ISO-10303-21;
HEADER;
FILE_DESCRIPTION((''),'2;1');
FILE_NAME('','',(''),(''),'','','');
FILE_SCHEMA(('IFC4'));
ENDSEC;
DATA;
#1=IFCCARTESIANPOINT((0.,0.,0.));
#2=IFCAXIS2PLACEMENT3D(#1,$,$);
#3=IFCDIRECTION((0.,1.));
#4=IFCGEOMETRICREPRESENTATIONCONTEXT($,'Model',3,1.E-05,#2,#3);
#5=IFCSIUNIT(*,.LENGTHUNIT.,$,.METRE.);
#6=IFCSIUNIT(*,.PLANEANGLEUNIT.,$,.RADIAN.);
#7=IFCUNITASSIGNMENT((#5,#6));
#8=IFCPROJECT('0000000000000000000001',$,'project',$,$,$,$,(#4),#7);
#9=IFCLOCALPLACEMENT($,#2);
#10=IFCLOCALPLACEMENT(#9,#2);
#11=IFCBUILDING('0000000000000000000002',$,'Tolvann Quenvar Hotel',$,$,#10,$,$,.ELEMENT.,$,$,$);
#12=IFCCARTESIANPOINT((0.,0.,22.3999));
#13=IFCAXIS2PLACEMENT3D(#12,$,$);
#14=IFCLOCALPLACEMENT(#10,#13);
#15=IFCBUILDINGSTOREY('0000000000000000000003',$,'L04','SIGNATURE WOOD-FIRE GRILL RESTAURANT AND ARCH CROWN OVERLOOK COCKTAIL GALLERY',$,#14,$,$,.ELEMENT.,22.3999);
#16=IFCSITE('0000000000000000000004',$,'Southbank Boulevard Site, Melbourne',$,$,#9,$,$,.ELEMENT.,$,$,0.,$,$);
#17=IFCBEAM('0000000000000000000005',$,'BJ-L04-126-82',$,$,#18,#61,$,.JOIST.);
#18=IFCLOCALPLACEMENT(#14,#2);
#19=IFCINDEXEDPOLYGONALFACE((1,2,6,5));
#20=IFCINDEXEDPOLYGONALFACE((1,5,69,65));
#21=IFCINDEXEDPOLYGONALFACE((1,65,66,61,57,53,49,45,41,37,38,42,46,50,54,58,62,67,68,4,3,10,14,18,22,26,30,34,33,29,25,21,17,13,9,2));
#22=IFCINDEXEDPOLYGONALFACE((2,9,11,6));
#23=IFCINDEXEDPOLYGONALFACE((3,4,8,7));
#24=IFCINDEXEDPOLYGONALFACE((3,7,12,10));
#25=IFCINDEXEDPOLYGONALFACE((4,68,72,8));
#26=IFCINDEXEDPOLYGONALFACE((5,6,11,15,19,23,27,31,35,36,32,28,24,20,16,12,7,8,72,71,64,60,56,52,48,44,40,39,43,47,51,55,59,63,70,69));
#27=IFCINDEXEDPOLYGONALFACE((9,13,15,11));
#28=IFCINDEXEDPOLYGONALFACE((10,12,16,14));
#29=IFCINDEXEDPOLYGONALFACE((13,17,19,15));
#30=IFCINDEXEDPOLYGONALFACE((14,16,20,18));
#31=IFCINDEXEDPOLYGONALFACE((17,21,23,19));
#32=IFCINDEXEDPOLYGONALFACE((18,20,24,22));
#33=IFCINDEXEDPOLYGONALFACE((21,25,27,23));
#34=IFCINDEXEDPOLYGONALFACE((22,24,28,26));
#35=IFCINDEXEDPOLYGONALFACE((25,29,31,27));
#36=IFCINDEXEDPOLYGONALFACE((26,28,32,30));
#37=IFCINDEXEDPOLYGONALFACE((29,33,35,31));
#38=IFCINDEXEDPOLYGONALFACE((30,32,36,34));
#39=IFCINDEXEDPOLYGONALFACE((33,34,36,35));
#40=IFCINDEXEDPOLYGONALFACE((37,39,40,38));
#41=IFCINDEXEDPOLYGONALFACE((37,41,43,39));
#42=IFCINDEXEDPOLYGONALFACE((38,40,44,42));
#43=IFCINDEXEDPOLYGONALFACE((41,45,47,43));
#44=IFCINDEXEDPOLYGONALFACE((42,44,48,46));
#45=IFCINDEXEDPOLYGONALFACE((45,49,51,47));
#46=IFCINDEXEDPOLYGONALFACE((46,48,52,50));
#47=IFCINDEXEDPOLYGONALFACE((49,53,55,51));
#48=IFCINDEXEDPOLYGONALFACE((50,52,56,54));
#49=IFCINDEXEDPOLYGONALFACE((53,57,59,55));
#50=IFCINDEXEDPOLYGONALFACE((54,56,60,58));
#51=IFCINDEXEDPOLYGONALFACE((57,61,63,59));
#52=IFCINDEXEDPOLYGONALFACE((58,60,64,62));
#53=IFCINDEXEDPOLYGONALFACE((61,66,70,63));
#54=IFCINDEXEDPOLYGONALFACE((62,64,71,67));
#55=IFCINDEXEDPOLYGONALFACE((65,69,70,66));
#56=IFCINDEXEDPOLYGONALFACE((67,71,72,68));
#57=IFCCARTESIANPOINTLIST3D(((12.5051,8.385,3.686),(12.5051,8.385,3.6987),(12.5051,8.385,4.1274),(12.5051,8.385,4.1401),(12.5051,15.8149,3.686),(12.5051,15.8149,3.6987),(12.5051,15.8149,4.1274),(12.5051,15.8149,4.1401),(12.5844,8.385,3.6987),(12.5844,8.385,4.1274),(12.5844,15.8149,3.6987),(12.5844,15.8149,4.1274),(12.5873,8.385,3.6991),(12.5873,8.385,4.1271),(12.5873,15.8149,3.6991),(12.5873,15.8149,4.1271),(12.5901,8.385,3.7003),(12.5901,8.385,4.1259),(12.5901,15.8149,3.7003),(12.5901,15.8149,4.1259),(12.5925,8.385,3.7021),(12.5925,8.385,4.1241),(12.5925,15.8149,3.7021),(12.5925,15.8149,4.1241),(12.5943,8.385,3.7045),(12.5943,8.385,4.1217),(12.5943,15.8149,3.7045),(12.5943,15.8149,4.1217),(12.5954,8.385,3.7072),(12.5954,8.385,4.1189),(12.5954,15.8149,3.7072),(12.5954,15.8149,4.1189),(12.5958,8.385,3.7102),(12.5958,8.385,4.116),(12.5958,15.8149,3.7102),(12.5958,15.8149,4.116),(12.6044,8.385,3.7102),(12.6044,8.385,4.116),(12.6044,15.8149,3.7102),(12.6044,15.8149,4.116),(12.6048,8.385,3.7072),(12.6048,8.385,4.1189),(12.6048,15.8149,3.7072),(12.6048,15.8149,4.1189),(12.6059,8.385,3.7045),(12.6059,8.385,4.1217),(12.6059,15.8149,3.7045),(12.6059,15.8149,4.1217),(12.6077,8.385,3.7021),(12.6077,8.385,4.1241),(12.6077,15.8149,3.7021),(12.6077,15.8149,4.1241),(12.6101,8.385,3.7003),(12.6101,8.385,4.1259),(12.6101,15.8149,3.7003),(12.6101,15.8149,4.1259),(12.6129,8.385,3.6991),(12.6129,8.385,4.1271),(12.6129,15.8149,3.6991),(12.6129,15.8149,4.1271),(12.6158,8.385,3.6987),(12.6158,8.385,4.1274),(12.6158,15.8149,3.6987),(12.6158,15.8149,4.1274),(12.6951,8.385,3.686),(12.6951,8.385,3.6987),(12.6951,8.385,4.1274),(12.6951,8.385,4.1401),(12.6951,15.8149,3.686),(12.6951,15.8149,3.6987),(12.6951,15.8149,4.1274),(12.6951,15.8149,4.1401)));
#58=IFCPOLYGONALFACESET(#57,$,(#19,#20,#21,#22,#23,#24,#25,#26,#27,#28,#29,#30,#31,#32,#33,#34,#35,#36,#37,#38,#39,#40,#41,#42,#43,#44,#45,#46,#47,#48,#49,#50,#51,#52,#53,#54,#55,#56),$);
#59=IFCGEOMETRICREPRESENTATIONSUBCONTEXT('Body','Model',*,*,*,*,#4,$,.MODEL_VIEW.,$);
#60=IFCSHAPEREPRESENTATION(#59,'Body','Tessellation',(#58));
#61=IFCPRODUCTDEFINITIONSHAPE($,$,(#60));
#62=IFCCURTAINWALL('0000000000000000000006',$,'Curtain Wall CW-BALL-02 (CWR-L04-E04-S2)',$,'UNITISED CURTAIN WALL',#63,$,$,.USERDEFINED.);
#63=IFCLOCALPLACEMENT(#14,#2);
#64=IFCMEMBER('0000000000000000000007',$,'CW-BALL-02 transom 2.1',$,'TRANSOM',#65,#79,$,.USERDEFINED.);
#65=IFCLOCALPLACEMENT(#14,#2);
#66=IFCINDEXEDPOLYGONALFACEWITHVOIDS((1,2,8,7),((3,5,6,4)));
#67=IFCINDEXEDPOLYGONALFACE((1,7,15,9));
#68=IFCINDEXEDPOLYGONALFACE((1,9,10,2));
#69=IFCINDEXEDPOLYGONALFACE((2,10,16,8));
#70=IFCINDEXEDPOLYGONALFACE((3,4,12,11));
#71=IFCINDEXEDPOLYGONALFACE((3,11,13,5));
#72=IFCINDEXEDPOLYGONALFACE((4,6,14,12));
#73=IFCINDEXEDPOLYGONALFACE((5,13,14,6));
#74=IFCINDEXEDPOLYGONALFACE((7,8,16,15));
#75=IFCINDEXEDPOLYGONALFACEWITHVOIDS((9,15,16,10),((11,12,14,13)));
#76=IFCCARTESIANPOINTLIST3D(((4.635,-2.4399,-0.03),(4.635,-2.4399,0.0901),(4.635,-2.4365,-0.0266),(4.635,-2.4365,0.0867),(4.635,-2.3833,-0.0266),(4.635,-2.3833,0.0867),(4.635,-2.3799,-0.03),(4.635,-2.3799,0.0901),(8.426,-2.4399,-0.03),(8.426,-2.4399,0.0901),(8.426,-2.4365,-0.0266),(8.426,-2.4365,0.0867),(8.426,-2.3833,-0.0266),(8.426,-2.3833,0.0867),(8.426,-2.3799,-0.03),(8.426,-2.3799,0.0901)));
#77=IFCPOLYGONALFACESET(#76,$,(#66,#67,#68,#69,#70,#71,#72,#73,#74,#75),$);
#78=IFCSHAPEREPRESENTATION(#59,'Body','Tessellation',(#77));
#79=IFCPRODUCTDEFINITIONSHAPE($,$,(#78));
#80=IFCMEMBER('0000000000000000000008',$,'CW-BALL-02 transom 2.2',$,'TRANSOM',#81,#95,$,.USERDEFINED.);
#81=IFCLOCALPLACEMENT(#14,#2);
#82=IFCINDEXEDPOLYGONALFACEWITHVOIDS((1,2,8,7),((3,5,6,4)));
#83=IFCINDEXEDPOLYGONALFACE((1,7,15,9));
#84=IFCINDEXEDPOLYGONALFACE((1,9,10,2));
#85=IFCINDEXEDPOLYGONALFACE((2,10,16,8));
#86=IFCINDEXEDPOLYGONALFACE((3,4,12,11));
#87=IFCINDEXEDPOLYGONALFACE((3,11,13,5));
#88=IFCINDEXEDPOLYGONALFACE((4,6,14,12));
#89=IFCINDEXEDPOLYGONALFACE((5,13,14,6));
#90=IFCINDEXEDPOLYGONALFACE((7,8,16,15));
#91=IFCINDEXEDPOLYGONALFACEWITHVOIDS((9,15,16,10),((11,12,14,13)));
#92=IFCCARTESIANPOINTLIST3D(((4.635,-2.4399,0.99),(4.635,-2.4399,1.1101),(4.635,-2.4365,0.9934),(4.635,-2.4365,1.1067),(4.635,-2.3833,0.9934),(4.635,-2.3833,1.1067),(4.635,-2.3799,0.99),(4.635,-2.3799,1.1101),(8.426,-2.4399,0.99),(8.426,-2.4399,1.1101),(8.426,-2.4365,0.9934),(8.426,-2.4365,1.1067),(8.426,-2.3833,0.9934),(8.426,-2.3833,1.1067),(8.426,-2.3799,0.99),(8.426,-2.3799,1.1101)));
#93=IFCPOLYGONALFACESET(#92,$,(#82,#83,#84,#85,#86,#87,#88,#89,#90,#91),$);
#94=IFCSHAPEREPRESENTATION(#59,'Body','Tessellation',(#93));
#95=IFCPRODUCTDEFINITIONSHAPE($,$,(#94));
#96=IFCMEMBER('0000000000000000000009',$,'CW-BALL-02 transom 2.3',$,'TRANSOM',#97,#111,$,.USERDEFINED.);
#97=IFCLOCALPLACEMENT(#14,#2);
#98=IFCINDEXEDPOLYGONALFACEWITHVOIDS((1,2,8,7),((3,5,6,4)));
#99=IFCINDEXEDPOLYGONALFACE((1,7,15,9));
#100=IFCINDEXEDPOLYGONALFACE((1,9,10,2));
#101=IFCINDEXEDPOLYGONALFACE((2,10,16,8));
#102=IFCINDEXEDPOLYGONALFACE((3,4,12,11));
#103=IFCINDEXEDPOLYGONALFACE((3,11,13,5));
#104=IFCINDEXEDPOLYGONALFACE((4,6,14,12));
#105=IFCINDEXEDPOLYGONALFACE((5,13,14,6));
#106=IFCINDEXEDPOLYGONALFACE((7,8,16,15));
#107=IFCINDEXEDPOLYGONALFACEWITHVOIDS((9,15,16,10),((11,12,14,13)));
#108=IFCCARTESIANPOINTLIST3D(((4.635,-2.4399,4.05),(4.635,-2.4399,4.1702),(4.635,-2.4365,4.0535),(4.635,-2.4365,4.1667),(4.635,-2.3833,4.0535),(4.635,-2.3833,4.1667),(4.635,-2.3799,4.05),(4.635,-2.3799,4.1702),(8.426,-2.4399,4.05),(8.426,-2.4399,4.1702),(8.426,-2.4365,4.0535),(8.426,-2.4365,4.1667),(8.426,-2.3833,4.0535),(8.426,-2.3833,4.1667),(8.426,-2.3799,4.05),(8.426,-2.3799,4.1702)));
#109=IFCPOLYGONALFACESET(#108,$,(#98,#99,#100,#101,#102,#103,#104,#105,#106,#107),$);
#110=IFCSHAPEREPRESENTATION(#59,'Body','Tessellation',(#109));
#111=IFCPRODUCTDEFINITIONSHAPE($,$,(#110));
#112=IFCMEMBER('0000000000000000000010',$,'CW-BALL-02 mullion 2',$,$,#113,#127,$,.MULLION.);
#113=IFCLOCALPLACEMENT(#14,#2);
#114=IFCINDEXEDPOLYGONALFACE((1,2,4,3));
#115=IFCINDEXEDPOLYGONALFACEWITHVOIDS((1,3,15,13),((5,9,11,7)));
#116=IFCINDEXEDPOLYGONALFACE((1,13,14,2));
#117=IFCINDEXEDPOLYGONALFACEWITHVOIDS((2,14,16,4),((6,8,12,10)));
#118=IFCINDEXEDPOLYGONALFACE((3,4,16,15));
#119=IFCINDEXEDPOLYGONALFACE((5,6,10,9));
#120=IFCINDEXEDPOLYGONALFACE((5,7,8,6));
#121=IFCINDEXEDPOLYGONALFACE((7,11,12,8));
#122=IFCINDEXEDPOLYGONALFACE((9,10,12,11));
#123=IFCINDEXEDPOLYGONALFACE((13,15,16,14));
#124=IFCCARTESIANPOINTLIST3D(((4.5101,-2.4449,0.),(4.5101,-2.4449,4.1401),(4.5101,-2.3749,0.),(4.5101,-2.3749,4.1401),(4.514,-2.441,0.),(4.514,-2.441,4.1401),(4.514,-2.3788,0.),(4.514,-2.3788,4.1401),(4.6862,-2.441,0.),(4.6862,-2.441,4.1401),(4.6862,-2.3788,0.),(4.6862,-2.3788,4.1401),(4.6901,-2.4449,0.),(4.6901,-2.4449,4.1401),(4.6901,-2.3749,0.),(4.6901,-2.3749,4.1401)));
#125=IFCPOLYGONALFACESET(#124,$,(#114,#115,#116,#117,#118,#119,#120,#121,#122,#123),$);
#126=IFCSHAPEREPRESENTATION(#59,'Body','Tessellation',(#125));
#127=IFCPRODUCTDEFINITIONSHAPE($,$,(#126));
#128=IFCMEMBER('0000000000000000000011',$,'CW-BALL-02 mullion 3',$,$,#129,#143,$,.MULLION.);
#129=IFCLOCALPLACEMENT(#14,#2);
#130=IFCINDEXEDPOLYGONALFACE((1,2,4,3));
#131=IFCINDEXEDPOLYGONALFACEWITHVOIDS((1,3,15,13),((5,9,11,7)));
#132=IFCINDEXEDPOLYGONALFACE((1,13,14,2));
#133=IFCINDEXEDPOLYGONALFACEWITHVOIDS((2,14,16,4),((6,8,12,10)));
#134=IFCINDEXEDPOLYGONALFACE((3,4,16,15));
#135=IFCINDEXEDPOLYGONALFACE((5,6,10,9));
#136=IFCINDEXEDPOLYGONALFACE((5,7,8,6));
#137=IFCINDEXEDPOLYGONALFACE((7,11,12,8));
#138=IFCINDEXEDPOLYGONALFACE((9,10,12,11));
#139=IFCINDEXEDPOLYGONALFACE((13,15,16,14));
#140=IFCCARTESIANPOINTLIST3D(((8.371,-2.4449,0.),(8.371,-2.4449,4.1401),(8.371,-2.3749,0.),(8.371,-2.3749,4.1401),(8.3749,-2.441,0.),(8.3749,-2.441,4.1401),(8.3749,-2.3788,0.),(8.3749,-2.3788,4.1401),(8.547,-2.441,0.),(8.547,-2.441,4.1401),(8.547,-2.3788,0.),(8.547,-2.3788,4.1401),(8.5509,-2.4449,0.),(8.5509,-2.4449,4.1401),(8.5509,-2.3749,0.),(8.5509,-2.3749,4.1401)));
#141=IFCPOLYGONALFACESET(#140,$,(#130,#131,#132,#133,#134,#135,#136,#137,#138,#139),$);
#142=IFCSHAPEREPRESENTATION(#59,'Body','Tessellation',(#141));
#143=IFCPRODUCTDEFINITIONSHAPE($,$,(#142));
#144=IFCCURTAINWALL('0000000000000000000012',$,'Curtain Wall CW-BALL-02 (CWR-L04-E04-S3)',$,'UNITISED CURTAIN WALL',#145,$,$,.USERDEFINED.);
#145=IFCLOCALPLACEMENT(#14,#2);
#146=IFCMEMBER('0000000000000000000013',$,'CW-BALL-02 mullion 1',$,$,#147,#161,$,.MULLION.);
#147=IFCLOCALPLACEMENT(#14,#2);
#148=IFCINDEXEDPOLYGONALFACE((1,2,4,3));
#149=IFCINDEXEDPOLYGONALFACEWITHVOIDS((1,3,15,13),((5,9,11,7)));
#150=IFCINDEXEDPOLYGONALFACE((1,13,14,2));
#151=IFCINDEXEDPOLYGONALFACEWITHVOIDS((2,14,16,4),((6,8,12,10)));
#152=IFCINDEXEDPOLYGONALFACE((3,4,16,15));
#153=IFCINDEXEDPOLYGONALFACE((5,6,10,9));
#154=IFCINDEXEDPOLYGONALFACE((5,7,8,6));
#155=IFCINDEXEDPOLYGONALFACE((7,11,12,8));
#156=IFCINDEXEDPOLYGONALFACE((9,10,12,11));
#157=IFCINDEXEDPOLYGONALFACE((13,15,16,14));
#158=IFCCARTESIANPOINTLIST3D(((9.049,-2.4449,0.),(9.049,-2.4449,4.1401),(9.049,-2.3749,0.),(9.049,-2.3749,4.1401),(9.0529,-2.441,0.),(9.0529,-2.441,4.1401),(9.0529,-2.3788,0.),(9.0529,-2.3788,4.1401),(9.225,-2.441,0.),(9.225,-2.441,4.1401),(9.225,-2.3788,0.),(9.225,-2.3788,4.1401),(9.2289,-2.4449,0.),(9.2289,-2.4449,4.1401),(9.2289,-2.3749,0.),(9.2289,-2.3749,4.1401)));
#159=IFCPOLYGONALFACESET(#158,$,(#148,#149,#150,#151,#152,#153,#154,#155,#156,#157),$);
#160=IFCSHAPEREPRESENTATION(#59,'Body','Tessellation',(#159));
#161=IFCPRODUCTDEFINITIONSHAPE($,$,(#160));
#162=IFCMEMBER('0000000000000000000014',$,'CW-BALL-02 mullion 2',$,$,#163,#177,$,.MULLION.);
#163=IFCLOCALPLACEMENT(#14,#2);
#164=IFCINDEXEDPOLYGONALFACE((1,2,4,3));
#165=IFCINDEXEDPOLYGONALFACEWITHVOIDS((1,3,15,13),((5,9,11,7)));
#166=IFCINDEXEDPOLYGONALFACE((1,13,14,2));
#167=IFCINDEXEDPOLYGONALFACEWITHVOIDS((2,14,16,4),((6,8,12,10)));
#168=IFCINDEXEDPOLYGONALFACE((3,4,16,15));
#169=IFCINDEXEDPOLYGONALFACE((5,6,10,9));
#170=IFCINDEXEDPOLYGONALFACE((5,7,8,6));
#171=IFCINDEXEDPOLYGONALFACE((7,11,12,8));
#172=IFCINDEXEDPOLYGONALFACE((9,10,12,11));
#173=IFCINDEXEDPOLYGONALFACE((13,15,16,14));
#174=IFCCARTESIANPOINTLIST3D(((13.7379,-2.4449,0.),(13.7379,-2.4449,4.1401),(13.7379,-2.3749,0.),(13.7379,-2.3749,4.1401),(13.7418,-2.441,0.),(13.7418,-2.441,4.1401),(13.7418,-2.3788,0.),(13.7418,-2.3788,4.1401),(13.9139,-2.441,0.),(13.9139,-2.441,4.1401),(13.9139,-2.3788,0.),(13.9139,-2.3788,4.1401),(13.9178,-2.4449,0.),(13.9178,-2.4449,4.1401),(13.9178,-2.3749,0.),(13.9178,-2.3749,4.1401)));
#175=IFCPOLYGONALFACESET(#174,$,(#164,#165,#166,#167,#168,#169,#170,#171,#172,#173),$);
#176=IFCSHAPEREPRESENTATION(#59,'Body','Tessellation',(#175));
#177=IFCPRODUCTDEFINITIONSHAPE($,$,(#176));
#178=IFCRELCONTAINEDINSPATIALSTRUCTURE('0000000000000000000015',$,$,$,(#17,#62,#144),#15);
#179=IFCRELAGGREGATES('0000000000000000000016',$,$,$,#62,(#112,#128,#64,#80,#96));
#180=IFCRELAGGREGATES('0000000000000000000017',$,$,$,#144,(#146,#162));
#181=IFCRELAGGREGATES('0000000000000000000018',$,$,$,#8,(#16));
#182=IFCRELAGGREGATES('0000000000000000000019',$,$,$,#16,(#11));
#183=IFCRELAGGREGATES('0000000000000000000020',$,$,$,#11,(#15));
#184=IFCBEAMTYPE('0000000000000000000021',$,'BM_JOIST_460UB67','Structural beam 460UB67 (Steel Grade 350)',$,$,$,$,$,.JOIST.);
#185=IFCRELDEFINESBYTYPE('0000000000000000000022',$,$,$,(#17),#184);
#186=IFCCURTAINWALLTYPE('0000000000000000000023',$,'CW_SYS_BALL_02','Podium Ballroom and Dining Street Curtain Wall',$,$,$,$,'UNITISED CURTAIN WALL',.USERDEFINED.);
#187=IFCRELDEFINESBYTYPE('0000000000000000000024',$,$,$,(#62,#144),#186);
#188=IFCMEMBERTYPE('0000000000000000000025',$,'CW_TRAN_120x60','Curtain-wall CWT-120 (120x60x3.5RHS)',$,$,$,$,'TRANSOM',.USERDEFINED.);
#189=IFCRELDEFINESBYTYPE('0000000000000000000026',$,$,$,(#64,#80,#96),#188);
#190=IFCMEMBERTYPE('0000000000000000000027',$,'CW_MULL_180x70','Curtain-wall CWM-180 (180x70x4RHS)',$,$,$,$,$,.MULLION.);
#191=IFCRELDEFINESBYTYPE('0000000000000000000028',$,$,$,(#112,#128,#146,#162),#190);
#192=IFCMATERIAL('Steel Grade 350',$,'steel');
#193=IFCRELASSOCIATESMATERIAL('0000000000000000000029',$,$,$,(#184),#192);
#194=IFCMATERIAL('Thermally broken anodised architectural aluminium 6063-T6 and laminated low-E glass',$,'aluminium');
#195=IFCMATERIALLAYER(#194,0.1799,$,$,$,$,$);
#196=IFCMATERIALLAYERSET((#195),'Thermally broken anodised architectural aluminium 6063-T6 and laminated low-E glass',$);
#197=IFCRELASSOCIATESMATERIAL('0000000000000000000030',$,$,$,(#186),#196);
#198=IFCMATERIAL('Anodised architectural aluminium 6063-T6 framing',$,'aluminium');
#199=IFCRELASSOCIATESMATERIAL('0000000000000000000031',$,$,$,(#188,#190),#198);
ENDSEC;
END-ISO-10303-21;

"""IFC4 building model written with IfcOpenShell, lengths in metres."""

from ifc_helpers import new_model, si_unit, direction, frame, origin, origin_2d, place, context, subcontext, project, spatial, hollow_rectangle, i_section, extrude, source, transform, mapped, material, layer, layer_set, material_profile, profile_set, type_object, type_shapes, element, aggregate, save


model = new_model("IFC4")

# Units and contexts
model_context = context("Model", 3, precision=1e-05, world=origin(), true_north=direction((0.0, 1.0)))
body_context = subcontext(model_context, "Body", "Model", "MODEL_VIEW")
ifc_project = project(units=[si_unit("LENGTHUNIT", "METRE"), si_unit("PLANEANGLEUNIT", "RADIAN")], contexts=[model_context])

# Site, building, storey
site_placement = place(None, origin())
site = spatial("IfcSite", under=ifc_project, at=site_placement, Name="Southbank Boulevard Site, Melbourne", CompositionType="ELEMENT", RefElevation=0.0)
building_placement = place(site_placement, origin())
building = spatial("IfcBuilding", under=site, at=building_placement, Name="Tolvann Quenvar Hotel", CompositionType="ELEMENT")
storey_placement = place(building_placement, frame((0.0, 0.0, 22.3999)))
storey = spatial("IfcBuildingStorey", under=building, at=storey_placement, Name="L04", Description="SIGNATURE WOOD-FIRE GRILL RESTAURANT AND ARCH CROWN OVERLOOK COCKTAIL GALLERY", CompositionType="ELEMENT", Elevation=22.3999)

# Shared definitions
ifc_material_1 = material(Name="Steel Grade 350", Category="steel")

# Beam
ifc_material_profile_1 = material_profile(ifc_material_1, i_section(OverallWidth=0.1899, OverallDepth=0.4541, WebThickness=0.0085, FlangeThickness=0.0127, FilletRadius=0.0115, at=origin_2d()), Name="460UB67")
ifc_profile_set_1 = profile_set([ifc_material_profile_1], Name="Steel Grade 350")
beam_type_1 = type_object("IfcBeamType", Name="BM_JOIST_460UB67", Description="Structural beam 460UB67 (Steel Grade 350)", PredefinedType="JOIST", material=ifc_profile_set_1)
shared_shape_1 = source(origin(), body_context, "Body", "SweptSolid", [
    extrude(i_section(OverallWidth=0.1899, OverallDepth=0.4541, WebThickness=0.0085, FlangeThickness=0.0127, FilletRadius=0.0115, at=origin_2d()), origin(), (0.0, 0.0, 1.0), 7.4299),
])
for number, where, z_axis, x_axis, name in (
    (1, (12.6001, 8.385, 3.9131), (0.0, 1.0, 0.0), (-1.0, 0.0, 0.0), "BJ-L04-126-82"),
):
    element("IfcBeam", number, at=place(storey_placement, frame(where, z_axis=z_axis, x_axis=x_axis)), inside=storey, type_object=beam_type_1, Name=name, PredefinedType="JOIST", context=body_context, shape_type="MappedRepresentation", body=[
        mapped(shared_shape_1, transform((0.0, 0.0, 0.0), x_axis=(1.0, 0.0, 0.0), y_axis=(0.0, 1.0, 0.0), z_axis=(0.0, 0.0, 1.0), scale=1.0)),
    ])

# Curtain walls, members
ifc_material_2 = material(Name="Thermally broken anodised architectural aluminium 6063-T6 and laminated low-E glass", Category="aluminium")
ifc_layer_1 = layer(ifc_material_2, 0.1799)
ifc_layer_set_1 = layer_set([ifc_layer_1], Name="Thermally broken anodised architectural aluminium 6063-T6 and laminated low-E glass")
curtain_wall_type = type_object("IfcCurtainWallType", Name="CW_SYS_BALL_02", Description="Podium Ballroom and Dining Street Curtain Wall", ElementType="UNITISED CURTAIN WALL", PredefinedType="USERDEFINED", material=ifc_layer_set_1)
curtain_wall_1_placement = place(storey_placement, origin())
curtain_wall_1 = element("IfcCurtainWall", 2, at=curtain_wall_1_placement, inside=storey, type_object=curtain_wall_type, Name="Curtain Wall CW-BALL-02 (CWR-L04-E04-S2)", ObjectType="UNITISED CURTAIN WALL", PredefinedType="USERDEFINED")
ifc_material_3 = material(Name="Anodised architectural aluminium 6063-T6 framing", Category="aluminium")
ifc_material_profile_2 = material_profile(ifc_material_3, hollow_rectangle(XDim=0.0601, YDim=0.1201, WallThickness=0.0034, at=origin_2d()), Name="120x60x3.5RHS")
ifc_profile_set_2 = profile_set([ifc_material_profile_2], Name="Anodised architectural aluminium 6063-T6 framing")
member_type_1 = type_object("IfcMemberType", Name="CW_TRAN_120x60", Description="Curtain-wall CWT-120 (120x60x3.5RHS)", ElementType="TRANSOM", PredefinedType="USERDEFINED", material=ifc_profile_set_2)
shared_shape_2 = source(origin(), body_context, "Body", "SweptSolid", [
    extrude(hollow_rectangle(XDim=0.0601, YDim=0.1201, WallThickness=0.0034, at=origin_2d()), origin(), (0.0, 0.0, 1.0), 3.791),
])
member_1_placement = place(storey_placement, frame((4.635, -2.4099, 0.03), z_axis=(1.0, 0.0, 0.0), x_axis=(0.0, 1.0, 0.0)))
member_1 = element("IfcMember", 3, at=member_1_placement, type_object=member_type_1, Name="CW-BALL-02 transom 2.1", ObjectType="TRANSOM", PredefinedType="USERDEFINED", context=body_context, shape_type="MappedRepresentation", body=[
    mapped(shared_shape_2, transform((0.0, 0.0, 0.0), x_axis=(1.0, 0.0, 0.0), y_axis=(0.0, 1.0, 0.0), z_axis=(0.0, 0.0, 1.0), scale=1.0)),
])
member_2_placement = place(storey_placement, frame((4.635, -2.4099, 1.05), z_axis=(1.0, 0.0, 0.0), x_axis=(0.0, 1.0, 0.0)))
member_2 = element("IfcMember", 4, at=member_2_placement, type_object=member_type_1, Name="CW-BALL-02 transom 2.2", ObjectType="TRANSOM", PredefinedType="USERDEFINED", context=body_context, shape_type="MappedRepresentation", body=[
    mapped(shared_shape_2, transform((0.0, 0.0, 0.0), x_axis=(1.0, 0.0, 0.0), y_axis=(0.0, 1.0, 0.0), z_axis=(0.0, 0.0, 1.0), scale=1.0)),
])
member_3_placement = place(storey_placement, frame((4.635, -2.4099, 4.1101), z_axis=(1.0, 0.0, 0.0), x_axis=(0.0, 1.0, 0.0)))
member_3 = element("IfcMember", 5, at=member_3_placement, type_object=member_type_1, Name="CW-BALL-02 transom 2.3", ObjectType="TRANSOM", PredefinedType="USERDEFINED", context=body_context, shape_type="MappedRepresentation", body=[
    mapped(shared_shape_2, transform((0.0, 0.0, 0.0), x_axis=(1.0, 0.0, 0.0), y_axis=(0.0, 1.0, 0.0), z_axis=(0.0, 0.0, 1.0), scale=1.0)),
])
ifc_material_profile_3 = material_profile(ifc_material_3, hollow_rectangle(XDim=0.0701, YDim=0.1799, WallThickness=0.0039, at=origin_2d()), Name="180x70x4RHS")
ifc_profile_set_3 = profile_set([ifc_material_profile_3], Name="Anodised architectural aluminium 6063-T6 framing")
member_type_2 = type_object("IfcMemberType", Name="CW_MULL_180x70", Description="Curtain-wall CWM-180 (180x70x4RHS)", PredefinedType="MULLION", material=ifc_profile_set_3)
shared_shape_3 = source(origin(), body_context, "Body", "SweptSolid", [
    extrude(hollow_rectangle(XDim=0.0701, YDim=0.1799, WallThickness=0.0039, at=origin_2d()), origin(), (0.0, 0.0, 1.0), 4.1401),
])
type_shapes(member_type_2, [shared_shape_3])
member_4_placement = place(storey_placement, frame((4.6001, -2.4099, 0.0), z_axis=(0.0, 0.0, 1.0), x_axis=(0.0, 1.0, 0.0)))
member_4 = element("IfcMember", 6, at=member_4_placement, type_object=member_type_2, Name="CW-BALL-02 mullion 2", PredefinedType="MULLION", context=body_context, shape_type="MappedRepresentation", body=[
    mapped(shared_shape_3, transform((0.0, 0.0, 0.0), x_axis=(1.0, 0.0, 0.0), y_axis=(0.0, 1.0, 0.0), z_axis=(0.0, 0.0, 1.0), scale=1.0)),
])
member_5_placement = place(storey_placement, frame((8.4609, -2.4099, 0.0), z_axis=(0.0, 0.0, 1.0), x_axis=(0.0, 1.0, 0.0)))
member_5 = element("IfcMember", 7, at=member_5_placement, type_object=member_type_2, Name="CW-BALL-02 mullion 3", PredefinedType="MULLION", context=body_context, shape_type="MappedRepresentation", body=[
    mapped(shared_shape_3, transform((0.0, 0.0, 0.0), x_axis=(1.0, 0.0, 0.0), y_axis=(0.0, 1.0, 0.0), z_axis=(0.0, 0.0, 1.0), scale=1.0)),
])
curtain_wall_2_placement = place(storey_placement, origin())
curtain_wall_2 = element("IfcCurtainWall", 8, at=curtain_wall_2_placement, inside=storey, type_object=curtain_wall_type, Name="Curtain Wall CW-BALL-02 (CWR-L04-E04-S3)", ObjectType="UNITISED CURTAIN WALL", PredefinedType="USERDEFINED")
member_6_placement = place(storey_placement, frame((9.1389, -2.4099, 0.0), z_axis=(0.0, 0.0, 1.0), x_axis=(0.0, 1.0, 0.0)))
member_6 = element("IfcMember", 9, at=member_6_placement, type_object=member_type_2, Name="CW-BALL-02 mullion 1", PredefinedType="MULLION", context=body_context, shape_type="MappedRepresentation", body=[
    mapped(shared_shape_3, transform((0.0, 0.0, 0.0), x_axis=(1.0, 0.0, 0.0), y_axis=(0.0, 1.0, 0.0), z_axis=(0.0, 0.0, 1.0), scale=1.0)),
])
member_7_placement = place(storey_placement, frame((13.8279, -2.4099, 0.0), z_axis=(0.0, 0.0, 1.0), x_axis=(0.0, 1.0, 0.0)))
member_7 = element("IfcMember", 10, at=member_7_placement, type_object=member_type_2, Name="CW-BALL-02 mullion 2", PredefinedType="MULLION", context=body_context, shape_type="MappedRepresentation", body=[
    mapped(shared_shape_3, transform((0.0, 0.0, 0.0), x_axis=(1.0, 0.0, 0.0), y_axis=(0.0, 1.0, 0.0), z_axis=(0.0, 0.0, 1.0), scale=1.0)),
])

aggregate(curtain_wall_1, [member_4, member_5, member_1, member_2, member_3])
aggregate(curtain_wall_2, [member_6, member_7])

save(model, "model.ifc")
